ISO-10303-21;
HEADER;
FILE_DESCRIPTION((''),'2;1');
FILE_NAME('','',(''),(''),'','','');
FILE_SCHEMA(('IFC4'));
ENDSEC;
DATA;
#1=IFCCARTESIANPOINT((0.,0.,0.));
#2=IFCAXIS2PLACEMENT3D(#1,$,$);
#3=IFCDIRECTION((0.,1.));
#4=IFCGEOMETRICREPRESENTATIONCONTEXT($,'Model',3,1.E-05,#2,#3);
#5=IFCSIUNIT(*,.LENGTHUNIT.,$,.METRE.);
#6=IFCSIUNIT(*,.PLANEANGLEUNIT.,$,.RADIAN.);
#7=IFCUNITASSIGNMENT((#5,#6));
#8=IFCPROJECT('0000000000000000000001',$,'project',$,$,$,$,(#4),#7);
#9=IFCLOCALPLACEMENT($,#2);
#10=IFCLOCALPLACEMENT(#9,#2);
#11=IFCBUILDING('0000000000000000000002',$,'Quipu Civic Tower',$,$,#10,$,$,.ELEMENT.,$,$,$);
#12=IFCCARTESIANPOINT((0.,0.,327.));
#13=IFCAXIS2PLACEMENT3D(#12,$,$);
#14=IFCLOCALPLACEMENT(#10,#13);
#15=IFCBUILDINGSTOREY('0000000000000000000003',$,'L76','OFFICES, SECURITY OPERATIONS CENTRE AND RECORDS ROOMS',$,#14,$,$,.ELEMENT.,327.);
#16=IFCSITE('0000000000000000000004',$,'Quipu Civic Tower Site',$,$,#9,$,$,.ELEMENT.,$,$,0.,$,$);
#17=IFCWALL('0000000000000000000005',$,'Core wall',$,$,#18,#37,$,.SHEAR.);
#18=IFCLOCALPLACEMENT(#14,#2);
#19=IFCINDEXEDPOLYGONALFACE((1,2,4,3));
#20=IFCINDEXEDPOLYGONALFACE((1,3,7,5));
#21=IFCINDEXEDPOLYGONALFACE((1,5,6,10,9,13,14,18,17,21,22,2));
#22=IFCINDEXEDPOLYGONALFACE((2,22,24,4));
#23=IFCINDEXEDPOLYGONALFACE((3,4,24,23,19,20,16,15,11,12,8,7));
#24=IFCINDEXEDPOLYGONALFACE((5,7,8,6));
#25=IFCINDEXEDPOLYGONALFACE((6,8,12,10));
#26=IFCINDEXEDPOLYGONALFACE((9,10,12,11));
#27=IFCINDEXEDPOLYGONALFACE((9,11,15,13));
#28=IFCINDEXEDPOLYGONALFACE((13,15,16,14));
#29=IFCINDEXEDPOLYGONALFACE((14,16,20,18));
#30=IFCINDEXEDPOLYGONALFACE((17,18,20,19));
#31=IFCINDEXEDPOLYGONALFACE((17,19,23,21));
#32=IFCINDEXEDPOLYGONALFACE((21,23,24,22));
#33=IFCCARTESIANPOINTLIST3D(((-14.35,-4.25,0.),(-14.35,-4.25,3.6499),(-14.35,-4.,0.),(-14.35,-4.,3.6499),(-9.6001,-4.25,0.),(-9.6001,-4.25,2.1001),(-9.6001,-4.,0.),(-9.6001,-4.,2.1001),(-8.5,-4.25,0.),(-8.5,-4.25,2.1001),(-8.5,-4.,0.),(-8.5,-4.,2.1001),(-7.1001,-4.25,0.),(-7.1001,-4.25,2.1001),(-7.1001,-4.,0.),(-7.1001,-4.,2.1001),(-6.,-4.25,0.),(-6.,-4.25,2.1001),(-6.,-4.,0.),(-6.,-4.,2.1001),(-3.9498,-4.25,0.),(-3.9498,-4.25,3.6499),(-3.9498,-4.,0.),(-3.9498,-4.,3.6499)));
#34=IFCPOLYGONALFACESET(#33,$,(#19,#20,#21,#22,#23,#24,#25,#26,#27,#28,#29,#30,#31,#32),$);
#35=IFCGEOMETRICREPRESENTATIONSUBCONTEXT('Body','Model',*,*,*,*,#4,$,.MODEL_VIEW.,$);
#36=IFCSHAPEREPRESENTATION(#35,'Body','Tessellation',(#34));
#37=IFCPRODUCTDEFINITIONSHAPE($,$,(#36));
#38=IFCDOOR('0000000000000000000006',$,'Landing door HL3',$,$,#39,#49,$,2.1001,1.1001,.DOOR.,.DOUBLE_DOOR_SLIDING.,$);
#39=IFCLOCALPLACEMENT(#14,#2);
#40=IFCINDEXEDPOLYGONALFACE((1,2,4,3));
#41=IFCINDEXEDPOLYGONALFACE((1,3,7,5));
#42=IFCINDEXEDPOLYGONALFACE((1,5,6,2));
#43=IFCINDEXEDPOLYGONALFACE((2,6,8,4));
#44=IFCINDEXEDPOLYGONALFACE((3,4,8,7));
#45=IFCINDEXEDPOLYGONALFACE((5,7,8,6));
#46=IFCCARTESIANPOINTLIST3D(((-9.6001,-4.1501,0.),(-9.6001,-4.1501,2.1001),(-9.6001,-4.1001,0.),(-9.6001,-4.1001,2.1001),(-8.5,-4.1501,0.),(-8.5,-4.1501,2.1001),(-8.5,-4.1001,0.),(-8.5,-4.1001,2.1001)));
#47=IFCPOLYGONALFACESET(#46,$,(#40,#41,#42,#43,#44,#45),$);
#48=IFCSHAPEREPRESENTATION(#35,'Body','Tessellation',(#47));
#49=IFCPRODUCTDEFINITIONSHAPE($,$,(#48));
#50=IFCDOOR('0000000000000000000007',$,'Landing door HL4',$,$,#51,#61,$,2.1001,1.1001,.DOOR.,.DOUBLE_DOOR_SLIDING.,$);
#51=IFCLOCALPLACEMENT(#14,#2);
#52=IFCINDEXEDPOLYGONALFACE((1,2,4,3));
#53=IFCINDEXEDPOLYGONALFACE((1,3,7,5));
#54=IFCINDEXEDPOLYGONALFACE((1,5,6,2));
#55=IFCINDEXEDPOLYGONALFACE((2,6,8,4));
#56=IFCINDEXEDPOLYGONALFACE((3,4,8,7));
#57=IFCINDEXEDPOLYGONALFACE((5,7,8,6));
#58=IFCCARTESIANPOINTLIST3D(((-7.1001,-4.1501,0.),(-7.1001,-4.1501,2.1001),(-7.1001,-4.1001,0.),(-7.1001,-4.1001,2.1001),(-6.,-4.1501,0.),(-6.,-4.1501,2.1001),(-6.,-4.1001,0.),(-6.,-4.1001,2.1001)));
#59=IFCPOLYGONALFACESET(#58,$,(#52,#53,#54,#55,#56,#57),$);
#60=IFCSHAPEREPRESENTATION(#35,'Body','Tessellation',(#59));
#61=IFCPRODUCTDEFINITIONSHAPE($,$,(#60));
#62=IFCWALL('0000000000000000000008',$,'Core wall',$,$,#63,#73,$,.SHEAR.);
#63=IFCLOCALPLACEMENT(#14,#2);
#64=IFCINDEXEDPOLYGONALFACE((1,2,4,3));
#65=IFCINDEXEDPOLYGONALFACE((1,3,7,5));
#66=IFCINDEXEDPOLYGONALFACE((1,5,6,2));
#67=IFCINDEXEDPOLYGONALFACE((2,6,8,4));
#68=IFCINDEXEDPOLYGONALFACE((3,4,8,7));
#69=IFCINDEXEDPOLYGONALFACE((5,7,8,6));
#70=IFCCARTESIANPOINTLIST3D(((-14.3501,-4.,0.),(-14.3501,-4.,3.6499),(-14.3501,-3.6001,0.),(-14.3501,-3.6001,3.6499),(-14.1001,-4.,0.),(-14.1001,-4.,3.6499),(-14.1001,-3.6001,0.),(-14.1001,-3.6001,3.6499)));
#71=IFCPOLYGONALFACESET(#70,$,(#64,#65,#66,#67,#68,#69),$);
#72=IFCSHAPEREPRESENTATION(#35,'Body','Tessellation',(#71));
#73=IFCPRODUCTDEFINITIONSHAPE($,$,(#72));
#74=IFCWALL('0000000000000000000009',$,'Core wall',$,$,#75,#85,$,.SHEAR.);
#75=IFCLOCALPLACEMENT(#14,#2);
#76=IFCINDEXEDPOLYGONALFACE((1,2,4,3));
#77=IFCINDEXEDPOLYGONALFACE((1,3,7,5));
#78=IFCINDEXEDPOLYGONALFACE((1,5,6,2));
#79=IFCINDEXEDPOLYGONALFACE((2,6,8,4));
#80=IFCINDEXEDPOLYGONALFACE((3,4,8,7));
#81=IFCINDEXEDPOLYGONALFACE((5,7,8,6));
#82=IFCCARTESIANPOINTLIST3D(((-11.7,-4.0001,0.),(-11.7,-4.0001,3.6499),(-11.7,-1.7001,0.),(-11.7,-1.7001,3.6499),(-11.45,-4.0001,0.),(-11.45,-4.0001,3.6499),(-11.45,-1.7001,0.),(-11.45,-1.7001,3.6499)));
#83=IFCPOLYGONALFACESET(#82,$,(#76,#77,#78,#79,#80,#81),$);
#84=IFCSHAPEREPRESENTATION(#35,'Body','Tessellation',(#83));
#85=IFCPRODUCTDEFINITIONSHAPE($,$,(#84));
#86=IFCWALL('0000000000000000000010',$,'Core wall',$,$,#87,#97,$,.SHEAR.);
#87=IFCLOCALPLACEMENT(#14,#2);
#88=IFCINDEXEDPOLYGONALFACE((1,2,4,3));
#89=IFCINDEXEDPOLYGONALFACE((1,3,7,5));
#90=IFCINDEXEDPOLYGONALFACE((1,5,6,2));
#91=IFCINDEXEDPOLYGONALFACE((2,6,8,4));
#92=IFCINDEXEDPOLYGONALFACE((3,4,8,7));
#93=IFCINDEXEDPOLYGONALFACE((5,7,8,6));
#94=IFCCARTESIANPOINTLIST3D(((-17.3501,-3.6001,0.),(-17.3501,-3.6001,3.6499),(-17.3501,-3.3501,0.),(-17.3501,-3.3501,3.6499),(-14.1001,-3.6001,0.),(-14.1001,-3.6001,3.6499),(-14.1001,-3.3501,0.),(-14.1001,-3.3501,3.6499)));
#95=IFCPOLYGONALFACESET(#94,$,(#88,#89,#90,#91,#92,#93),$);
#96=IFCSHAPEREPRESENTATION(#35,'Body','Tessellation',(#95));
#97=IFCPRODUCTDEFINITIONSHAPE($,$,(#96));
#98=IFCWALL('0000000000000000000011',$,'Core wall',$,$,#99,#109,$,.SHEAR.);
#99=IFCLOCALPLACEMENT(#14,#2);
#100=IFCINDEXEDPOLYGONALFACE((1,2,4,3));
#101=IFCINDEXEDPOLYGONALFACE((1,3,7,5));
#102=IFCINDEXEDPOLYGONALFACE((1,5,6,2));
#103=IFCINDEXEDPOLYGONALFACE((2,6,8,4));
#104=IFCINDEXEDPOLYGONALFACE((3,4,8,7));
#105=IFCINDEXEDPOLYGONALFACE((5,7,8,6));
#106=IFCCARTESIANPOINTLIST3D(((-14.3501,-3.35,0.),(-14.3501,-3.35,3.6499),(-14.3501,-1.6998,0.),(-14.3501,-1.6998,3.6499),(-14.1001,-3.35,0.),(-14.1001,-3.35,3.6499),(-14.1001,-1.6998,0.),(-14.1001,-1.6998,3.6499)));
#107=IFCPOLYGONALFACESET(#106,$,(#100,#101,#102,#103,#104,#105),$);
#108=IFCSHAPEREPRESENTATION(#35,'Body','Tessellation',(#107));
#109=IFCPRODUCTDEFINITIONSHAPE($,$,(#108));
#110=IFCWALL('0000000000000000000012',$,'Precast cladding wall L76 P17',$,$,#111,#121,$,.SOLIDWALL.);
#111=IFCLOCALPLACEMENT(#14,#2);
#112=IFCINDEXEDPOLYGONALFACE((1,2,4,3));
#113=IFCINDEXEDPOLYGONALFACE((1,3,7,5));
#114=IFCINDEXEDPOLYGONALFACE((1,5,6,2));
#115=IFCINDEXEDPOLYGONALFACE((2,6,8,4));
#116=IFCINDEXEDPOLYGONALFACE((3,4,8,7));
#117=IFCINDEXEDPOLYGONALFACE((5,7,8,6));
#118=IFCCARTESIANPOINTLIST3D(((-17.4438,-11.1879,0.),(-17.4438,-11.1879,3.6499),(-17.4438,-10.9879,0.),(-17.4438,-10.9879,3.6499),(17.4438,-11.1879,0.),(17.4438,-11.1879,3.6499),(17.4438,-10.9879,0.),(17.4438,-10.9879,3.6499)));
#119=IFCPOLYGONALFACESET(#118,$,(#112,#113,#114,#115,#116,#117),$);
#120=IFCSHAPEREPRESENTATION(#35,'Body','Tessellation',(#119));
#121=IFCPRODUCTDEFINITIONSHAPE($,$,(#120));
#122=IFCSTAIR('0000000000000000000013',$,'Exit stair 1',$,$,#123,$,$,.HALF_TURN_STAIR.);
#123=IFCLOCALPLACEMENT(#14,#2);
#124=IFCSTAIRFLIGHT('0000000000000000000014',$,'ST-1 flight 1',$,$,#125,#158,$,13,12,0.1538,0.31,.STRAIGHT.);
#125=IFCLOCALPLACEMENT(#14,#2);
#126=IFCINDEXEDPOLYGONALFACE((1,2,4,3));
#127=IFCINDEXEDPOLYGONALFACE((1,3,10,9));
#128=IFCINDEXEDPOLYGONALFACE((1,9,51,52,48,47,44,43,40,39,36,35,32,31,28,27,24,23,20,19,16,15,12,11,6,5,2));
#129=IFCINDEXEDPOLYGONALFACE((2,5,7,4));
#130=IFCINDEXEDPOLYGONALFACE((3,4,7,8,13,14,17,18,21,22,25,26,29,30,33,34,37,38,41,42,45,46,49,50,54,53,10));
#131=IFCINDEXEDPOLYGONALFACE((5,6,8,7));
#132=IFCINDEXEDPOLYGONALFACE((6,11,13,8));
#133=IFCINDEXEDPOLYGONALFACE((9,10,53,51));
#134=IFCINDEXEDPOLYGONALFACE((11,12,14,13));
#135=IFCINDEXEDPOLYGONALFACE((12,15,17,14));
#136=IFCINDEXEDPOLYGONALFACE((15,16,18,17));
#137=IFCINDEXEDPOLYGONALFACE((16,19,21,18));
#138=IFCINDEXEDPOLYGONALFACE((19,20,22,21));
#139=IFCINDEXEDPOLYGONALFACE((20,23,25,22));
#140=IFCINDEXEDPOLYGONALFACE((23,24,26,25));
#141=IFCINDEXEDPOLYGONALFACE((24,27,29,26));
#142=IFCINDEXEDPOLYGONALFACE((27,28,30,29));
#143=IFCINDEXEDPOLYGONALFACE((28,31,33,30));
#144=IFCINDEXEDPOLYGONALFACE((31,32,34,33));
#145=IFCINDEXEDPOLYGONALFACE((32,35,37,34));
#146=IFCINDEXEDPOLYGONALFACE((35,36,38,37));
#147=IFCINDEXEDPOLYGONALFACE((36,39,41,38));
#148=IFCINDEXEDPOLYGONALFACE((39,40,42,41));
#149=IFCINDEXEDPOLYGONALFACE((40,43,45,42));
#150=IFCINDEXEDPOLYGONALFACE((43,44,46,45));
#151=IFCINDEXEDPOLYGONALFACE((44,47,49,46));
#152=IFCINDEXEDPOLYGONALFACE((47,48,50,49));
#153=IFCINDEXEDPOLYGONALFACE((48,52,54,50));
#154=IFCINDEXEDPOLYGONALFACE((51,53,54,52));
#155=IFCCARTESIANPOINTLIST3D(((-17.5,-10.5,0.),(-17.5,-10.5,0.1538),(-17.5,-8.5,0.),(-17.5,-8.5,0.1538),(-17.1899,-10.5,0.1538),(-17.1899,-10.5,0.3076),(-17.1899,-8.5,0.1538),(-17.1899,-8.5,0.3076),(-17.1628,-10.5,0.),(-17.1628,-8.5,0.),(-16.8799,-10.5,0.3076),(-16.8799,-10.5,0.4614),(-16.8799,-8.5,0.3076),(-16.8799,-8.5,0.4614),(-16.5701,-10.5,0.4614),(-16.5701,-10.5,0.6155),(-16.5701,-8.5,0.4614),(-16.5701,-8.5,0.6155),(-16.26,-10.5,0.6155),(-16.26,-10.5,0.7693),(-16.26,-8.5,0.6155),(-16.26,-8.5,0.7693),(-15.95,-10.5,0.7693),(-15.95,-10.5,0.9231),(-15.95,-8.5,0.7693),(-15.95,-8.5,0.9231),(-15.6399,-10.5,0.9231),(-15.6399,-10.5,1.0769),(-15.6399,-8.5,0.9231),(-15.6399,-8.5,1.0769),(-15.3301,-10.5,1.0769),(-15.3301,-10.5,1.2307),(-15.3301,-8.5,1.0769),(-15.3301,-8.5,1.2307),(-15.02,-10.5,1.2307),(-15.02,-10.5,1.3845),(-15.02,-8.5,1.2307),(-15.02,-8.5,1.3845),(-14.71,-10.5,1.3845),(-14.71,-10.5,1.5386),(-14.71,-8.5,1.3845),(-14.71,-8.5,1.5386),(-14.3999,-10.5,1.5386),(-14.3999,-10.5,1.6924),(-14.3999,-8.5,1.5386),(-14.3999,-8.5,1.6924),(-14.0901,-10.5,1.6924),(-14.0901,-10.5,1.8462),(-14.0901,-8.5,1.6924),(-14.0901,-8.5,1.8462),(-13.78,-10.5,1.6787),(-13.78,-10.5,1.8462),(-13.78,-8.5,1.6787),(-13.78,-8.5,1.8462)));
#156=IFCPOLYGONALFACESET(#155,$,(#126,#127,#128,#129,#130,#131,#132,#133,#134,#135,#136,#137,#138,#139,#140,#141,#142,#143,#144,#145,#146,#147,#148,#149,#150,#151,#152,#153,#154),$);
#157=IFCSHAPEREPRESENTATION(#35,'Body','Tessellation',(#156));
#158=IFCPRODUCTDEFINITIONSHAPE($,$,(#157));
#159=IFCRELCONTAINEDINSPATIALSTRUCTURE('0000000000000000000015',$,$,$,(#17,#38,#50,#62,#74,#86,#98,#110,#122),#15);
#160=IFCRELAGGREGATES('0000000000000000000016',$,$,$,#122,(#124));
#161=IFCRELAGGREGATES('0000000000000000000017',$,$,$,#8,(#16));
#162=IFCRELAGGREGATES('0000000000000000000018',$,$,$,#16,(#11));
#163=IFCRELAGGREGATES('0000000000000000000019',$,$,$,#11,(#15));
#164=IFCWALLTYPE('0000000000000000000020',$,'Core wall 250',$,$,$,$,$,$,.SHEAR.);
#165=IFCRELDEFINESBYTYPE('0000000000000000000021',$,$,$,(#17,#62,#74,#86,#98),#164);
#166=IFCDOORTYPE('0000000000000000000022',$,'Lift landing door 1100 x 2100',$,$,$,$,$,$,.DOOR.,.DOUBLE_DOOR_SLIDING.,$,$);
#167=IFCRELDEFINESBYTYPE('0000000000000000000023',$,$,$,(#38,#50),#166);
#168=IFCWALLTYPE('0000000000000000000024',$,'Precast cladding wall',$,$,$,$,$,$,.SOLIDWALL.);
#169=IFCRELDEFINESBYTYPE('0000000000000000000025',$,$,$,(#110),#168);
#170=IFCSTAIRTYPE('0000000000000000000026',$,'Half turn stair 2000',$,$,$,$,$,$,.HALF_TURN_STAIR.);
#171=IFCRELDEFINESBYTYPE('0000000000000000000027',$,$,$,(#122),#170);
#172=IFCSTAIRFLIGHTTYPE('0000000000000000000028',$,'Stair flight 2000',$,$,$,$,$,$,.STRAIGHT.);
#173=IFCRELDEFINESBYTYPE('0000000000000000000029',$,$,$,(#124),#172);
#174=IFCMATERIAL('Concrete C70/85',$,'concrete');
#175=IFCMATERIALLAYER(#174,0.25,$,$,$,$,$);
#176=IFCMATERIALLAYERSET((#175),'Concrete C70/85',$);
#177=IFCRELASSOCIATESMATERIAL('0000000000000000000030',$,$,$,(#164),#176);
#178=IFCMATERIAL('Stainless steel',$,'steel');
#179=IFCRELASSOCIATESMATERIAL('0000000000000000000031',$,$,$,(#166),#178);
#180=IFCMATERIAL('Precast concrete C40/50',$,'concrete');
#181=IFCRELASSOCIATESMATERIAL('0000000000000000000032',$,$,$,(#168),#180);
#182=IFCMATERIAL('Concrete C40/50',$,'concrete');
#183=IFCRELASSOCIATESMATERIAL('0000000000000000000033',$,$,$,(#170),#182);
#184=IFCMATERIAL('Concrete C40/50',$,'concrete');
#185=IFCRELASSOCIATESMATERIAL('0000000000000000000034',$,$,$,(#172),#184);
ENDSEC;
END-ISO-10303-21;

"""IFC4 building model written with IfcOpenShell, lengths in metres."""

from ifc_helpers import new_model, si_unit, direction, frame, frame_2d, origin, place, context, subcontext, project, spatial, polyline, rectangle, outline, extrude, material, layer, layer_set, type_object, element, fill, aggregate, save


model = new_model("IFC4")

# Units and contexts
model_context = context("Model", 3, precision=1e-05, world=origin(), true_north=direction((0.0, 1.0)))
body_context = subcontext(model_context, "Body", "Model", "MODEL_VIEW")
ifc_project = project(units=[si_unit("LENGTHUNIT", "METRE"), si_unit("PLANEANGLEUNIT", "RADIAN")], contexts=[model_context])

# Site, building, storey
site_placement = place(None, origin())
site = spatial("IfcSite", under=ifc_project, at=site_placement, Name="Quipu Civic Tower Site", CompositionType="ELEMENT", RefElevation=0.0)
building_placement = place(site_placement, origin())
building = spatial("IfcBuilding", under=site, at=building_placement, Name="Quipu Civic Tower", CompositionType="ELEMENT")
storey_placement = place(building_placement, frame((0.0, 0.0, 327.0)))
storey = spatial("IfcBuildingStorey", under=building, at=storey_placement, Name="L76", Description="OFFICES, SECURITY OPERATIONS CENTRE AND RECORDS ROOMS", CompositionType="ELEMENT", Elevation=327.0)

# Shared definitions
ifc_material_1 = material(Name="Concrete C70/85", Category="concrete")
ifc_layer = layer(ifc_material_1, 0.25)
ifc_layer_set = layer_set([ifc_layer], Name="Concrete C70/85")
wall_type_1 = type_object("IfcWallType", Name="Core wall 250", PredefinedType="SHEAR", material=ifc_layer_set)

# Wall, openings, doors
wall_1_placement = place(storey_placement, frame((-14.3501, -4.125, 0.0), z_axis=(0.0, 0.0, 1.0), x_axis=(1.0, 0.0, 0.0)))
wall_1 = element("IfcWall", 1, at=wall_1_placement, inside=storey, type_object=wall_type_1, Name="Core wall", PredefinedType="SHEAR", context=body_context, shape_type="SweptSolid", body=[
    extrude(rectangle(XDim=10.4001, YDim=0.25, at=frame_2d((5.2002, 0.0))), origin(), (0.0, 0.0, 1.0), 3.6499),
])
opening_1_placement = place(wall_1_placement, frame((4.75, 0.0, 0.0)))
opening_1 = element("IfcOpeningElement", 2, at=opening_1_placement, cuts=wall_1, PredefinedType="OPENING", context=body_context, shape_type="SweptSolid", body=[
    extrude(rectangle(XDim=1.1001, YDim=2.1001, at=frame_2d((0.55, 1.05))), frame((0.0, 0.135, 0.0), z_axis=(0.0, -1.0, 0.0), x_axis=(1.0, 0.0, 0.0)), (0.0, 0.0, 1.0), 0.27),
])
opening_2_placement = place(wall_1_placement, frame((7.25, 0.0, 0.0)))
opening_2 = element("IfcOpeningElement", 3, at=opening_2_placement, cuts=wall_1, PredefinedType="OPENING", context=body_context, shape_type="SweptSolid", body=[
    extrude(rectangle(XDim=1.1001, YDim=2.1001, at=frame_2d((0.55, 1.05))), frame((0.0, 0.135, 0.0), z_axis=(0.0, -1.0, 0.0), x_axis=(1.0, 0.0, 0.0)), (0.0, 0.0, 1.0), 0.27),
])
ifc_material_2 = material(Name="Stainless steel", Category="steel")
door_type_1 = type_object("IfcDoorType", Name="Lift landing door 1100 x 2100", OperationType="DOUBLE_DOOR_SLIDING", PredefinedType="DOOR", material=ifc_material_2)
door_1_placement = place(opening_1_placement, origin())
door_1 = element("IfcDoor", 4, at=door_1_placement, inside=storey, type_object=door_type_1, Name="Landing door HL3", OperationType="DOUBLE_DOOR_SLIDING", OverallHeight=2.1001, OverallWidth=1.1001, PredefinedType="DOOR", context=body_context, shape_type="SweptSolid", body=[
    extrude(rectangle(XDim=1.1001, YDim=2.1001, at=frame_2d((0.55, 1.05))), frame((0.0, 0.0249, 0.0), z_axis=(0.0, -1.0, 0.0), x_axis=(1.0, 0.0, 0.0)), (0.0, 0.0, 1.0), 0.05),
])
fill(opening_1, door_1)
door_2_placement = place(opening_2_placement, origin())
door_2 = element("IfcDoor", 5, at=door_2_placement, inside=storey, type_object=door_type_1, Name="Landing door HL4", OperationType="DOUBLE_DOOR_SLIDING", OverallHeight=2.1001, OverallWidth=1.1001, PredefinedType="DOOR", context=body_context, shape_type="SweptSolid", body=[
    extrude(rectangle(XDim=1.1001, YDim=2.1001, at=frame_2d((0.55, 1.05))), frame((0.0, 0.0249, 0.0), z_axis=(0.0, -1.0, 0.0), x_axis=(1.0, 0.0, 0.0)), (0.0, 0.0, 1.0), 0.05),
])
fill(opening_2, door_2)

# Walls
wall_2_placement = place(storey_placement, frame((-14.2251, -4.0, 0.0), z_axis=(0.0, 0.0, 1.0), x_axis=(0.0, 1.0, 0.0)))
element("IfcWall", 6, at=wall_2_placement, inside=storey, type_object=wall_type_1, Name="Core wall", PredefinedType="SHEAR", context=body_context, shape_type="SweptSolid", body=[
    extrude(rectangle(XDim=0.3999, YDim=0.25, at=frame_2d((0.2, 0.0))), origin(), (0.0, 0.0, 1.0), 3.6499),
])
wall_3_placement = place(storey_placement, frame((-11.575, -4.0, 0.0), z_axis=(0.0, 0.0, 1.0), x_axis=(0.0, 1.0, 0.0)))
element("IfcWall", 7, at=wall_3_placement, inside=storey, type_object=wall_type_1, Name="Core wall", PredefinedType="SHEAR", context=body_context, shape_type="SweptSolid", body=[
    extrude(rectangle(XDim=2.3, YDim=0.25, at=frame_2d((1.1499, 0.0))), origin(), (0.0, 0.0, 1.0), 3.6499),
])
wall_4_placement = place(storey_placement, frame((-17.3501, -3.4751, 0.0), z_axis=(0.0, 0.0, 1.0), x_axis=(1.0, 0.0, 0.0)))
element("IfcWall", 8, at=wall_4_placement, inside=storey, type_object=wall_type_1, Name="Core wall", PredefinedType="SHEAR", context=body_context, shape_type="SweptSolid", body=[
    extrude(rectangle(XDim=3.25, YDim=0.25, at=frame_2d((1.625, 0.0))), origin(), (0.0, 0.0, 1.0), 3.6499),
])
wall_5_placement = place(storey_placement, frame((-14.2251, -3.3501, 0.0), z_axis=(0.0, 0.0, 1.0), x_axis=(0.0, 1.0, 0.0)))
element("IfcWall", 9, at=wall_5_placement, inside=storey, type_object=wall_type_1, Name="Core wall", PredefinedType="SHEAR", context=body_context, shape_type="SweptSolid", body=[
    extrude(rectangle(XDim=1.6501, YDim=0.25, at=frame_2d((0.8252, 0.0))), origin(), (0.0, 0.0, 1.0), 3.6499),
])
ifc_material_3 = material(Name="Precast concrete C40/50", Category="concrete")
wall_type_2 = type_object("IfcWallType", Name="Precast cladding wall", PredefinedType="SOLIDWALL", material=ifc_material_3)
wall_6_placement = place(storey_placement, frame((-17.4438, -11.0879, 0.0), z_axis=(0.0, 0.0, 1.0), x_axis=(1.0, 0.0, 0.0)))
element("IfcWall", 10, at=wall_6_placement, inside=storey, type_object=wall_type_2, Name="Precast cladding wall L76 P17", PredefinedType="SOLIDWALL", context=body_context, shape_type="SweptSolid", body=[
    extrude(rectangle(XDim=34.8877, YDim=0.2, at=frame_2d((17.4438, 0.0))), origin(), (0.0, 0.0, 1.0), 3.6499),
])

# Stair, stair flight
ifc_material_4 = material(Name="Concrete C40/50", Category="concrete")
stair_type = type_object("IfcStairType", Name="Half turn stair 2000", PredefinedType="HALF_TURN_STAIR", material=ifc_material_4)
stair_placement = place(storey_placement, origin())
stair = element("IfcStair", 11, at=stair_placement, inside=storey, type_object=stair_type, Name="Exit stair 1", PredefinedType="HALF_TURN_STAIR")
ifc_material_5 = material(Name="Concrete C40/50", Category="concrete")
stair_flight_type = type_object("IfcStairFlightType", Name="Stair flight 2000", PredefinedType="STRAIGHT", material=ifc_material_5)
stair_flight_1_placement = place(storey_placement, frame((-17.5, -9.5, 0.0), z_axis=(0.0, 0.0, 1.0), x_axis=(1.0, 0.0, 0.0)))
stair_flight_1 = element("IfcStairFlight", 12, at=stair_flight_1_placement, type_object=stair_flight_type, Name="ST-1 flight 1", NumberOfRisers=13, NumberOfTreads=12, PredefinedType="STRAIGHT", RiserHeight=0.1538, TreadLength=0.31, context=body_context, shape_type="SweptSolid", body=[
    extrude(outline(polyline([(0.0, 0.0), (0.0, 0.1538), (0.3101, 0.1538), (0.3101, 0.3076), (0.6201, 0.3076), (0.6201, 0.4614), (0.9299, 0.4614), (0.9299, 0.6155), (1.24, 0.6155), (1.24, 0.7693), (1.55, 0.7693), (1.55, 0.9231), (1.8601, 0.9231), (1.8601, 1.0769), (2.1699, 1.0769), (2.1699, 1.2307), (2.48, 1.2307), (2.48, 1.3845), (2.79, 1.3845), (2.79, 1.5386), (3.1001, 1.5386), (3.1001, 1.6924), (3.4099, 1.6924), (3.4099, 1.8462), (3.72, 1.8462), (3.72, 2.0), (3.72, 1.6787), (0.3372, 0.0), (0.0, 0.0)])), frame((0.0, 1.0, 0.0), z_axis=(0.0, -1.0, 0.0), x_axis=(1.0, 0.0, 0.0)), (0.0, 0.0, 1.0), 2.0),
])
aggregate(stair, [stair_flight_1])

save(model, "model.ifc")
